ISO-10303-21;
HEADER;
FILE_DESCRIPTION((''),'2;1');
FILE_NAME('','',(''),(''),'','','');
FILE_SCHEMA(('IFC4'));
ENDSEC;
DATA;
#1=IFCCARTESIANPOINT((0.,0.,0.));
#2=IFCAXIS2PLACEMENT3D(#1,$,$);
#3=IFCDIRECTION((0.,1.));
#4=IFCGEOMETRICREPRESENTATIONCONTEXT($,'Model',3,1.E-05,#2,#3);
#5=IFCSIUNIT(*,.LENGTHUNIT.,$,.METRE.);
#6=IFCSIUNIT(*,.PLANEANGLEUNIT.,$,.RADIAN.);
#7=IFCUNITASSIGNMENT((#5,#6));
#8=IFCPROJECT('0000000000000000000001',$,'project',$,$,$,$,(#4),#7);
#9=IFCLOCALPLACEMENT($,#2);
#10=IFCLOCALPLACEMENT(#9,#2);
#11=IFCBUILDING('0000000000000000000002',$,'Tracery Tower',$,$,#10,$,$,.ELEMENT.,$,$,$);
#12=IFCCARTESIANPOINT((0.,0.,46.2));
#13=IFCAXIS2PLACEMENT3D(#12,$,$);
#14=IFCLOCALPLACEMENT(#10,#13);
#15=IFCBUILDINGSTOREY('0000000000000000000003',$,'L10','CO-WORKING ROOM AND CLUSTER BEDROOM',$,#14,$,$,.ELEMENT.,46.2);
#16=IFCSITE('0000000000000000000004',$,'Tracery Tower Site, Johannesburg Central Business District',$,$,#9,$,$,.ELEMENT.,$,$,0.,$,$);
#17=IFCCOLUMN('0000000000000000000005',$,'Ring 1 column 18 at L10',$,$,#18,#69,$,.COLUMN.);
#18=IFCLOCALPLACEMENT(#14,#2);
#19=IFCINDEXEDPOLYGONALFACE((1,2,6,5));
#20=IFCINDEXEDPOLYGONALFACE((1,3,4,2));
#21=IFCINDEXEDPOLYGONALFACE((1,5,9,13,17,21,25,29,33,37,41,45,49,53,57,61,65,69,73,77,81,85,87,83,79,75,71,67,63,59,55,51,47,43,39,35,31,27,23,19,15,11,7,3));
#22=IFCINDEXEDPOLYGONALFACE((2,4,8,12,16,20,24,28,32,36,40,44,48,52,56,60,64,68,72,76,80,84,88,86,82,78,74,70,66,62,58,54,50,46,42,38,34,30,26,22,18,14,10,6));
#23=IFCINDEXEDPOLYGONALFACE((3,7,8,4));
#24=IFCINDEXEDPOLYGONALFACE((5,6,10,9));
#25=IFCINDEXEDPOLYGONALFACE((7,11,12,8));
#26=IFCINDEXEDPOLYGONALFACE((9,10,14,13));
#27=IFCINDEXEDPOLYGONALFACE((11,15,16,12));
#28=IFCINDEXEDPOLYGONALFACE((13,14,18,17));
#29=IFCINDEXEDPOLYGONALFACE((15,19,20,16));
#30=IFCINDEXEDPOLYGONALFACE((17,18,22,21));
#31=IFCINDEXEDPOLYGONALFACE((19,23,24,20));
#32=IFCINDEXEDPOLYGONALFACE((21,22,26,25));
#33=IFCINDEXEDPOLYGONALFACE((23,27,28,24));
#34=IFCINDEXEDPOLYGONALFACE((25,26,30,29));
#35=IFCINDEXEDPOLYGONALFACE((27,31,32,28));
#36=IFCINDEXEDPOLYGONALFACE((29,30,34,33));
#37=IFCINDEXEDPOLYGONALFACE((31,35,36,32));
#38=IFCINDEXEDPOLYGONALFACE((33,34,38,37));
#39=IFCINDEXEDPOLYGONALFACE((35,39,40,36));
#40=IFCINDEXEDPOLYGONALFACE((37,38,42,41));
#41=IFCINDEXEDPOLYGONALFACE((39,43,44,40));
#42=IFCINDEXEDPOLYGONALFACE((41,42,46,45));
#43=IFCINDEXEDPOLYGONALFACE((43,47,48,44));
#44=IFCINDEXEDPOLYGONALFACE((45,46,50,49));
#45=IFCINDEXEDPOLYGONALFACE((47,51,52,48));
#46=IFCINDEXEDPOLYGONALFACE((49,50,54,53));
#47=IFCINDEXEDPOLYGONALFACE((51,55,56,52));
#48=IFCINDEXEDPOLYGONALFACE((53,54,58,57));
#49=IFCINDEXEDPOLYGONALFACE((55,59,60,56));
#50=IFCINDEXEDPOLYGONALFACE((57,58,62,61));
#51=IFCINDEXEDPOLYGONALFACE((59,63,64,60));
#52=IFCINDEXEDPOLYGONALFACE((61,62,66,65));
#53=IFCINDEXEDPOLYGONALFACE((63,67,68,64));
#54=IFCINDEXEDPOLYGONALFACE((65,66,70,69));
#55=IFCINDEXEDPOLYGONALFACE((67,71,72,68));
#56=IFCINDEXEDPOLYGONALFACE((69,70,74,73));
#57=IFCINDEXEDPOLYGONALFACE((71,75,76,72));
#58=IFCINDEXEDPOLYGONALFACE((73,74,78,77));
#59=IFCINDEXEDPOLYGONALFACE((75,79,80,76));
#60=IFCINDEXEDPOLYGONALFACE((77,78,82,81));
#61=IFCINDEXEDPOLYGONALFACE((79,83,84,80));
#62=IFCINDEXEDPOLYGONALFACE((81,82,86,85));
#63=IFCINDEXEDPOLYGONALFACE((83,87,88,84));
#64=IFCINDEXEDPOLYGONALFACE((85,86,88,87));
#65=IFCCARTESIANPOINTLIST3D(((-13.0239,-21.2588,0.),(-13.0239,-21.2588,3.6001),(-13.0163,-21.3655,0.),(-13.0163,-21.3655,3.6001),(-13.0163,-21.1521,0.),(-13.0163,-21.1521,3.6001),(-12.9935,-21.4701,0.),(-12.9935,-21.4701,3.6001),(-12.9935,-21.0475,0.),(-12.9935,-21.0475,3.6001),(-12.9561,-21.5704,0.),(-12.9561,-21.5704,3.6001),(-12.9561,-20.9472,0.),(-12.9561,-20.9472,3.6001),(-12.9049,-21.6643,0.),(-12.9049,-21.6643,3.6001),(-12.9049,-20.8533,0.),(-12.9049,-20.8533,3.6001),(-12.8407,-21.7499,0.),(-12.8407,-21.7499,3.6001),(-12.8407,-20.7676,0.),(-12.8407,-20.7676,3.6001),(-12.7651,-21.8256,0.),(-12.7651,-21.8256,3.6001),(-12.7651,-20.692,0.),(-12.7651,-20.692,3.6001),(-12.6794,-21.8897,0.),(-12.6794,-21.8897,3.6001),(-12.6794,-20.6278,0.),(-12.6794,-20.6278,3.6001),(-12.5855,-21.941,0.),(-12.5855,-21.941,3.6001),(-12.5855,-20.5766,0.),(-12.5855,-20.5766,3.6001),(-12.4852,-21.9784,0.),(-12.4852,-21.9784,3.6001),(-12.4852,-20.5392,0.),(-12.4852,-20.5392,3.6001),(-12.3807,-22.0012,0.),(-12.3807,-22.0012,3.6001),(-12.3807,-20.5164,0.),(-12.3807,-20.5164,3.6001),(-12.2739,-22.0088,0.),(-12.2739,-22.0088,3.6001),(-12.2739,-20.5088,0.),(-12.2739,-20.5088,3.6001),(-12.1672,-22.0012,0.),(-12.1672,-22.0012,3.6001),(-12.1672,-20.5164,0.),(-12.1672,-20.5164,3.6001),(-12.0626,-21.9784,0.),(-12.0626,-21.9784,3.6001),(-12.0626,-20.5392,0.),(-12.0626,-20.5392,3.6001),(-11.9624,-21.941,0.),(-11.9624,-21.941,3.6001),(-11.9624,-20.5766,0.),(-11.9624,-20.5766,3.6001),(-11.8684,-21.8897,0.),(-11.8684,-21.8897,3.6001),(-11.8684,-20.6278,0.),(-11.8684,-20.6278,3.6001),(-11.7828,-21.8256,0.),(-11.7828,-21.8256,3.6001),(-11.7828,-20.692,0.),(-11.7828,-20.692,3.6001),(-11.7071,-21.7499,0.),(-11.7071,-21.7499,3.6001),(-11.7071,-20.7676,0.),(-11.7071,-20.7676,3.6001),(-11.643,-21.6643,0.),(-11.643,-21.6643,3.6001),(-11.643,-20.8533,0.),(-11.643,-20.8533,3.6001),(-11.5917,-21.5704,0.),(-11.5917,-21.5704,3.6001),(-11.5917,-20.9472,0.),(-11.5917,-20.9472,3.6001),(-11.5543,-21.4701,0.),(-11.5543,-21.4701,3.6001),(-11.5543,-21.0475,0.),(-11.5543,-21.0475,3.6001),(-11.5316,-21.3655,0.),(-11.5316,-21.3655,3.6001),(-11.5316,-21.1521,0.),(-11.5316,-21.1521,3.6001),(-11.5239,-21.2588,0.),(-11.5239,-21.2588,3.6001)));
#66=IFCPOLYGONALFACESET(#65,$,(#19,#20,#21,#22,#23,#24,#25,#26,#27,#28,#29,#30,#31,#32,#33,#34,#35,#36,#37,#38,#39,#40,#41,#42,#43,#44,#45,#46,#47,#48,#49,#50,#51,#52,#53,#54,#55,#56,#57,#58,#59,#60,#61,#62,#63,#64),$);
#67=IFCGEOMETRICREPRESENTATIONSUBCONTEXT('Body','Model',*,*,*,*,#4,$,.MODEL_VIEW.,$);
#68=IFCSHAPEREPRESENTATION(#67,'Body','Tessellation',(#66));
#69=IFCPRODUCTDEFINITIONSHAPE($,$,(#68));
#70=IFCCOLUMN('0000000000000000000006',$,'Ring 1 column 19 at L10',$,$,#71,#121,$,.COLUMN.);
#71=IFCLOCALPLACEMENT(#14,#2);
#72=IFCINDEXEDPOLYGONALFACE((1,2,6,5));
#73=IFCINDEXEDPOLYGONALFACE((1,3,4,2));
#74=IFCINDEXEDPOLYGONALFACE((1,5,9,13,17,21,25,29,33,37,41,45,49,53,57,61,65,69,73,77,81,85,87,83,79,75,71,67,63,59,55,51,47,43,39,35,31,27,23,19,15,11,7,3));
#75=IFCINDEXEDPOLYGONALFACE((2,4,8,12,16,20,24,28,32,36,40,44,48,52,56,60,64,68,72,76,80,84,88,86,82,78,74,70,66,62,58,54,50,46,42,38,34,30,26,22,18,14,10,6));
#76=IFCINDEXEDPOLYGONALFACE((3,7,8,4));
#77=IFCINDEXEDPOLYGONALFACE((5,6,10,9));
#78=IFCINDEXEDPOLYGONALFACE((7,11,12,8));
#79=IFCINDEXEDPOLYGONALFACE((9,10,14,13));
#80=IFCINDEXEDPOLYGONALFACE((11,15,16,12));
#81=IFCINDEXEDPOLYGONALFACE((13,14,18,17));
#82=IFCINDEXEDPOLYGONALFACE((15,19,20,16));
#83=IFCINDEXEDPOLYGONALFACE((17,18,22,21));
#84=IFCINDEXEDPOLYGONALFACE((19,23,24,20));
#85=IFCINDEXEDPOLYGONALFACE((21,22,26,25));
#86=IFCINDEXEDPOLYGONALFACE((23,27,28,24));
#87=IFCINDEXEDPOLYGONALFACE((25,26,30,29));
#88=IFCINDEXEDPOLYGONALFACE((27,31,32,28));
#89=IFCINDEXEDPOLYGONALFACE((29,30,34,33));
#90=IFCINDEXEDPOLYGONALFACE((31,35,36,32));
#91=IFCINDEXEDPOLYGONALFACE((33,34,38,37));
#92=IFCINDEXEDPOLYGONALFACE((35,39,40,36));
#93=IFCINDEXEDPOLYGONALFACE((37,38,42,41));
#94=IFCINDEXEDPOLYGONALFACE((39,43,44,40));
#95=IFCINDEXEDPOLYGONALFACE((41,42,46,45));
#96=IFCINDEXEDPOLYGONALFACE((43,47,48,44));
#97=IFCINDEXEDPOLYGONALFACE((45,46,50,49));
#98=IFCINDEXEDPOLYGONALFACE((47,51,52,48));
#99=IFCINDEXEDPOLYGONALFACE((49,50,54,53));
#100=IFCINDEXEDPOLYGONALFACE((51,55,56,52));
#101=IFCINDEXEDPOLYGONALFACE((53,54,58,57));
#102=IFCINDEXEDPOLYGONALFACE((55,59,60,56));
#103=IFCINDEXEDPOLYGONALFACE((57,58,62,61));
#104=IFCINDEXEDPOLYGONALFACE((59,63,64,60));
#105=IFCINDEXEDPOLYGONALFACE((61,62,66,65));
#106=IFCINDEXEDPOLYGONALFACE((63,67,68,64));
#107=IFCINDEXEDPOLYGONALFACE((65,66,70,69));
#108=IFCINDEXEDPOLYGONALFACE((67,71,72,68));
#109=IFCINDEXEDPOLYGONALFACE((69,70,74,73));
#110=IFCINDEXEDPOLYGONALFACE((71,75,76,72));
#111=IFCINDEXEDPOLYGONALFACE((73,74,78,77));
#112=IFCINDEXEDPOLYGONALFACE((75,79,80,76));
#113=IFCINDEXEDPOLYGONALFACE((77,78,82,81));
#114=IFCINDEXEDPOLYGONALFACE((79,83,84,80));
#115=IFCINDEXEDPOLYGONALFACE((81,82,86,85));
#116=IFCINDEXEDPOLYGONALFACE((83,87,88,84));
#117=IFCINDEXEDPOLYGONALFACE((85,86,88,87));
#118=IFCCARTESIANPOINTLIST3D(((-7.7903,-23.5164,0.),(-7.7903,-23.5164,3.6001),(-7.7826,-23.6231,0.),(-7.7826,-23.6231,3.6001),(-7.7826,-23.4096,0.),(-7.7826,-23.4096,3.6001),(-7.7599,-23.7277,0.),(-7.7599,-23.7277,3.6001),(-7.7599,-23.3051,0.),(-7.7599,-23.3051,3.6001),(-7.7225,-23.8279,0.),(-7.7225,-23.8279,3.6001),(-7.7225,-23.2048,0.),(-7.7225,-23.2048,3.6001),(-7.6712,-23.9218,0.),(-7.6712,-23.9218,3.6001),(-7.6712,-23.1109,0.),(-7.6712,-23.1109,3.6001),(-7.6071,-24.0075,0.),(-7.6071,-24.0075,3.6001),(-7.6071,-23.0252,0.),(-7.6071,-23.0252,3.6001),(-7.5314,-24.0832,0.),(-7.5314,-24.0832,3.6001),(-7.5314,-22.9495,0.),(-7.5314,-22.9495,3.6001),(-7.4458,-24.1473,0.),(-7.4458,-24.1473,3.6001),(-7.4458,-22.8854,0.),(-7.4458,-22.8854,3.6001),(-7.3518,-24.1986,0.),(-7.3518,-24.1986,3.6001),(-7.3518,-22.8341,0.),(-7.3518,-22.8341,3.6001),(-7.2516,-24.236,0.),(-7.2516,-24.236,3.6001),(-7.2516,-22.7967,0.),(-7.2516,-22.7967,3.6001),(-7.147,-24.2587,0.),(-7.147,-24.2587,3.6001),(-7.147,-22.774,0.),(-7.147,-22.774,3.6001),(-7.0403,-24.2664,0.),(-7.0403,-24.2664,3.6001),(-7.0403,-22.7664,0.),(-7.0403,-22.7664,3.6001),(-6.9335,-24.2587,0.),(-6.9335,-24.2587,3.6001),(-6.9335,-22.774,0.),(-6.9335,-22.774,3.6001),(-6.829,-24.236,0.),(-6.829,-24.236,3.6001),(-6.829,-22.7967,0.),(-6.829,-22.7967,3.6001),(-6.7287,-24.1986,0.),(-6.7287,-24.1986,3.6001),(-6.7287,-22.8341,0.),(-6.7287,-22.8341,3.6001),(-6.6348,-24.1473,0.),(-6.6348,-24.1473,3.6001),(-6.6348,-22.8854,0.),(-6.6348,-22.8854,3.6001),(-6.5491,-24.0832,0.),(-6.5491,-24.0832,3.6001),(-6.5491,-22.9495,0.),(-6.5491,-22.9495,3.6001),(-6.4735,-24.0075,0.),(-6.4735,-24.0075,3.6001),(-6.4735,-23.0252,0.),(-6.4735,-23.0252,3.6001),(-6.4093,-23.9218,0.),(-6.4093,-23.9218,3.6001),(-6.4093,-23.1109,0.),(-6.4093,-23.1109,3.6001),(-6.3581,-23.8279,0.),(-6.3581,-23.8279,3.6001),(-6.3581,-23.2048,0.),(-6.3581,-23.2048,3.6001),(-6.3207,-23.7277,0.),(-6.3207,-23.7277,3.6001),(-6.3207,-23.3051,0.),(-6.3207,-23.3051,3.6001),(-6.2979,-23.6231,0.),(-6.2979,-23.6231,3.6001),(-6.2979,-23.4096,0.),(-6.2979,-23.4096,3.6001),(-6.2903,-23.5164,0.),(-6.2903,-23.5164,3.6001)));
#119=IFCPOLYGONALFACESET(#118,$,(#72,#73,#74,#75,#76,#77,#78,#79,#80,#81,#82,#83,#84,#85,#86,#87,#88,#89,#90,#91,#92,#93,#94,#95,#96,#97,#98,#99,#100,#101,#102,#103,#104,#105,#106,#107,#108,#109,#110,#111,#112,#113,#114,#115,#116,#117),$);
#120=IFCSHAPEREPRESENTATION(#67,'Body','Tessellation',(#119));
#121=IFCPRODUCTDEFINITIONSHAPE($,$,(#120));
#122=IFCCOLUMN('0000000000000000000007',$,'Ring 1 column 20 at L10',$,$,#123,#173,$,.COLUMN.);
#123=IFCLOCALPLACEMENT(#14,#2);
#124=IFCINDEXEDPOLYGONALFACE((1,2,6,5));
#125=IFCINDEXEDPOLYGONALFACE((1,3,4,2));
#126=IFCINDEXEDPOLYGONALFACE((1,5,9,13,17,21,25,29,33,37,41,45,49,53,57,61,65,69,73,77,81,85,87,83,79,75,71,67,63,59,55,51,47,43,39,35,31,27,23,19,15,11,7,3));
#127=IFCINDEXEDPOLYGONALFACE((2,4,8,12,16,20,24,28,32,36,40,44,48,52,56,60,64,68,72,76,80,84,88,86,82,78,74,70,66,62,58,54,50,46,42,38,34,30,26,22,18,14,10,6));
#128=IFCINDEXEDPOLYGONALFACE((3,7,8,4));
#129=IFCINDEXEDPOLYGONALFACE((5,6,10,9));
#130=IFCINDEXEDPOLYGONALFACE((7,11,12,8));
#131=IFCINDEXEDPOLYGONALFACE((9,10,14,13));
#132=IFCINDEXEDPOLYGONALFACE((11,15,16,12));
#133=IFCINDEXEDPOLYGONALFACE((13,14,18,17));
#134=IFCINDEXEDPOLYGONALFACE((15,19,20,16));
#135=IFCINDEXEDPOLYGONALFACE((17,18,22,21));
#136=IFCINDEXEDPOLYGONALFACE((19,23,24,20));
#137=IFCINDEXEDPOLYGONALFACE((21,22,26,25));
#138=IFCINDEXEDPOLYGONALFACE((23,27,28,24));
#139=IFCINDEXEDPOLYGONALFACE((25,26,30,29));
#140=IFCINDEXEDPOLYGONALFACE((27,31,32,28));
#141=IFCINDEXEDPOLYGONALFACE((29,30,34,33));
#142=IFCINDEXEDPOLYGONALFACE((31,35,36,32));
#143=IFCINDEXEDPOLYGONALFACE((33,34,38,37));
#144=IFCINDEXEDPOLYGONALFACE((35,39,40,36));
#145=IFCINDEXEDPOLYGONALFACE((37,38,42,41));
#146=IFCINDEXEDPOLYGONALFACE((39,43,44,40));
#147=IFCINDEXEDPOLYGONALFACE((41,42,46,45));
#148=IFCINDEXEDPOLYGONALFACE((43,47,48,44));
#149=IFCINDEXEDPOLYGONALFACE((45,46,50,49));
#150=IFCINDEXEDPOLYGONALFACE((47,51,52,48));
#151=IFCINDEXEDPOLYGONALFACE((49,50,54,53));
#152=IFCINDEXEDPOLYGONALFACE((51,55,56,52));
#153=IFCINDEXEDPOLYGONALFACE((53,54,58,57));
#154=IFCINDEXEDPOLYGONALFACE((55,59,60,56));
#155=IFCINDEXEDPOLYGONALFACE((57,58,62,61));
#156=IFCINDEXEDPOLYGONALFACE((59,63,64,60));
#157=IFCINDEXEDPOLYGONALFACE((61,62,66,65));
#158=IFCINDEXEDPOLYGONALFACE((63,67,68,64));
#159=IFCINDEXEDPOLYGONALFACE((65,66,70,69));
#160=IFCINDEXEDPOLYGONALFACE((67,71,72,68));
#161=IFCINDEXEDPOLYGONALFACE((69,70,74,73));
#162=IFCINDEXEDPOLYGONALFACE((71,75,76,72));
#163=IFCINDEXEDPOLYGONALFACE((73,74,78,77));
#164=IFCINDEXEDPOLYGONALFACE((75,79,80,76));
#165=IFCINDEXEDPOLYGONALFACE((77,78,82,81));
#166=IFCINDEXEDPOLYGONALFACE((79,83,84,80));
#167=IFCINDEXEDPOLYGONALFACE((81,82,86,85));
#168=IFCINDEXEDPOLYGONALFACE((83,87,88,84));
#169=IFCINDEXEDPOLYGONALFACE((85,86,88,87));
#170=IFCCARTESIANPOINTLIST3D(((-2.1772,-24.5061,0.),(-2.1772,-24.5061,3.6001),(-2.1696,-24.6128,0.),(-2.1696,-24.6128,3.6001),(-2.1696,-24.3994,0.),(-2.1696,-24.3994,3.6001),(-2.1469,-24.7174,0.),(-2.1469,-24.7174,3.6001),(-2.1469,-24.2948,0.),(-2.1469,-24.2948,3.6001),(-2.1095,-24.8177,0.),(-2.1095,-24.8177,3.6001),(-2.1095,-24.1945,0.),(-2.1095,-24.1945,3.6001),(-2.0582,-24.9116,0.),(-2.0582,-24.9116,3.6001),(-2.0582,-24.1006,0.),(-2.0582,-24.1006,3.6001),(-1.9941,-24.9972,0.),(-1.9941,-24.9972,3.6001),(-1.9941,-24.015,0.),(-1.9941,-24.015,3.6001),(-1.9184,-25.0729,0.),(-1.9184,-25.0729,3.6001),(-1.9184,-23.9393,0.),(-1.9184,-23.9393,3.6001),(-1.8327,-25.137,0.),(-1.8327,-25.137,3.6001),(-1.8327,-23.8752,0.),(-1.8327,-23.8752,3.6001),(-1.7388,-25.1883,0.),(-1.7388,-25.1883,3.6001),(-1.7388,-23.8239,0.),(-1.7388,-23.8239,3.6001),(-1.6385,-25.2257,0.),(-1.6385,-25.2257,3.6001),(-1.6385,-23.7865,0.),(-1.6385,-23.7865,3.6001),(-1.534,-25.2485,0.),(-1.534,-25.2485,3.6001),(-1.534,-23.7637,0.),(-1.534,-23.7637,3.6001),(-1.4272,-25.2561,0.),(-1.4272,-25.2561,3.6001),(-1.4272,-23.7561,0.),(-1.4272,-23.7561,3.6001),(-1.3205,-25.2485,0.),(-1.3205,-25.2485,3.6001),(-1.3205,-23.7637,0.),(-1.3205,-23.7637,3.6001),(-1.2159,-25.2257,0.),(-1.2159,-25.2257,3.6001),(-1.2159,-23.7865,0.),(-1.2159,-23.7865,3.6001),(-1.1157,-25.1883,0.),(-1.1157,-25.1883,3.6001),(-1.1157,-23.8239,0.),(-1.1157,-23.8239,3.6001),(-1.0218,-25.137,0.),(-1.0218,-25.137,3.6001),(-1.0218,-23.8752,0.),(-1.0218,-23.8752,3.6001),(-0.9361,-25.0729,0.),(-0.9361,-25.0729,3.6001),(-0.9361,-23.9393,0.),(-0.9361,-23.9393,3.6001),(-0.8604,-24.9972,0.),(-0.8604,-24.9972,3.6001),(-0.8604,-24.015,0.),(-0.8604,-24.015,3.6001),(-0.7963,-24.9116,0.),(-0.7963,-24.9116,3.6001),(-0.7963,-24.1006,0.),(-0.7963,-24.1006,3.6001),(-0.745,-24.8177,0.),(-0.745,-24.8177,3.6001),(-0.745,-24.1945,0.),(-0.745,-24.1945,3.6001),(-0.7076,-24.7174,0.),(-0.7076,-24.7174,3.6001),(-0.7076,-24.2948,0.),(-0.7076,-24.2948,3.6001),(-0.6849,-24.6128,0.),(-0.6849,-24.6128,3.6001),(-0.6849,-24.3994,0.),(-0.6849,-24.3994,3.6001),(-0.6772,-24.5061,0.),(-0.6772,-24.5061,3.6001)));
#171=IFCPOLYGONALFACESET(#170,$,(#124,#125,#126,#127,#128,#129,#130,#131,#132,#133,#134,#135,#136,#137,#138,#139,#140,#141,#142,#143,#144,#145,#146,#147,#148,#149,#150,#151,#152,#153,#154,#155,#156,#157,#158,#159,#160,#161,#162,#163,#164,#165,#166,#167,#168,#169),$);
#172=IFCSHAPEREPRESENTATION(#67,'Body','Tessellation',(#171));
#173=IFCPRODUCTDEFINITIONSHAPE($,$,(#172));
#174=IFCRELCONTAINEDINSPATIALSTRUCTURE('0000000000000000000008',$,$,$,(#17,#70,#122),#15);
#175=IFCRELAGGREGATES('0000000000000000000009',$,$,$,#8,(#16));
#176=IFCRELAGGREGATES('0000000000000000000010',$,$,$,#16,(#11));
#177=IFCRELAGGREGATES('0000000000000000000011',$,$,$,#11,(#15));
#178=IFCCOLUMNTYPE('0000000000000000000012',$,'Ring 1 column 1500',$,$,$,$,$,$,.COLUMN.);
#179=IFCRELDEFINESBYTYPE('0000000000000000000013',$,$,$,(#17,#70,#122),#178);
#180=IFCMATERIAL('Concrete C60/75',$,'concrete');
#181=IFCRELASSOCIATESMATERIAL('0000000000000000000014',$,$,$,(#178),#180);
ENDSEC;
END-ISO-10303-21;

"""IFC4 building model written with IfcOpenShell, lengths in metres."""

from ifc_helpers import new_model, si_unit, direction, frame, origin, origin_2d, place, context, subcontext, project, spatial, circle, extrude, material, material_profile, profile_set, type_object, element, save


model = new_model("IFC4")

# Units and contexts
model_context = context("Model", 3, precision=1e-05, world=origin(), true_north=direction((0.0, 1.0)))
body_context = subcontext(model_context, "Body", "Model", "MODEL_VIEW")
ifc_project = project(units=[si_unit("LENGTHUNIT", "METRE"), si_unit("PLANEANGLEUNIT", "RADIAN")], contexts=[model_context])

# Site, building, storey
site_placement = place(None, origin())
site = spatial("IfcSite", under=ifc_project, at=site_placement, Name="Tracery Tower Site, Johannesburg Central Business District", CompositionType="ELEMENT", RefElevation=0.0)
building_placement = place(site_placement, origin())
building = spatial("IfcBuilding", under=site, at=building_placement, Name="Tracery Tower", CompositionType="ELEMENT")
storey_placement = place(building_placement, frame((0.0, 0.0, 46.2)))
storey = spatial("IfcBuildingStorey", under=building, at=storey_placement, Name="L10", Description="CO-WORKING ROOM AND CLUSTER BEDROOM", CompositionType="ELEMENT", Elevation=46.2)

# Columns
ifc_material_1 = material(Name="Concrete C60/75", Category="concrete")
ifc_material_profile_1 = material_profile(ifc_material_1, circle(Radius=0.75, at=origin_2d()), Name="RC D1500")
ifc_profile_set_1 = profile_set([ifc_material_profile_1], Name="Concrete C60/75")
column_type_1 = type_object("IfcColumnType", Name="Ring 1 column 1500", PredefinedType="COLUMN", material=ifc_profile_set_1)
for number, where, z_axis, x_axis, name in (
    (1, (-12.2739, -21.2588, 0.0), (0.0, 0.0, 1.0), (1.0, 0.0, 0.0), "Ring 1 column 18 at L10"),
    (2, (-7.0403, -23.5164, 0.0), (0.0, 0.0, 1.0), (1.0, 0.0, 0.0), "Ring 1 column 19 at L10"),
    (3, (-1.4272, -24.5061, 0.0), (0.0, 0.0, 1.0), (1.0, 0.0, 0.0), "Ring 1 column 20 at L10"),
):
    element("IfcColumn", number, at=place(storey_placement, frame(where, z_axis=z_axis, x_axis=x_axis)), inside=storey, type_object=column_type_1, Name=name, PredefinedType="COLUMN", context=body_context, shape_type="SweptSolid", body=[
        extrude(circle(Radius=0.75, at=origin_2d()), origin(), (0.0, 0.0, 1.0), 3.6001),
    ])

save(model, "model.ifc")
